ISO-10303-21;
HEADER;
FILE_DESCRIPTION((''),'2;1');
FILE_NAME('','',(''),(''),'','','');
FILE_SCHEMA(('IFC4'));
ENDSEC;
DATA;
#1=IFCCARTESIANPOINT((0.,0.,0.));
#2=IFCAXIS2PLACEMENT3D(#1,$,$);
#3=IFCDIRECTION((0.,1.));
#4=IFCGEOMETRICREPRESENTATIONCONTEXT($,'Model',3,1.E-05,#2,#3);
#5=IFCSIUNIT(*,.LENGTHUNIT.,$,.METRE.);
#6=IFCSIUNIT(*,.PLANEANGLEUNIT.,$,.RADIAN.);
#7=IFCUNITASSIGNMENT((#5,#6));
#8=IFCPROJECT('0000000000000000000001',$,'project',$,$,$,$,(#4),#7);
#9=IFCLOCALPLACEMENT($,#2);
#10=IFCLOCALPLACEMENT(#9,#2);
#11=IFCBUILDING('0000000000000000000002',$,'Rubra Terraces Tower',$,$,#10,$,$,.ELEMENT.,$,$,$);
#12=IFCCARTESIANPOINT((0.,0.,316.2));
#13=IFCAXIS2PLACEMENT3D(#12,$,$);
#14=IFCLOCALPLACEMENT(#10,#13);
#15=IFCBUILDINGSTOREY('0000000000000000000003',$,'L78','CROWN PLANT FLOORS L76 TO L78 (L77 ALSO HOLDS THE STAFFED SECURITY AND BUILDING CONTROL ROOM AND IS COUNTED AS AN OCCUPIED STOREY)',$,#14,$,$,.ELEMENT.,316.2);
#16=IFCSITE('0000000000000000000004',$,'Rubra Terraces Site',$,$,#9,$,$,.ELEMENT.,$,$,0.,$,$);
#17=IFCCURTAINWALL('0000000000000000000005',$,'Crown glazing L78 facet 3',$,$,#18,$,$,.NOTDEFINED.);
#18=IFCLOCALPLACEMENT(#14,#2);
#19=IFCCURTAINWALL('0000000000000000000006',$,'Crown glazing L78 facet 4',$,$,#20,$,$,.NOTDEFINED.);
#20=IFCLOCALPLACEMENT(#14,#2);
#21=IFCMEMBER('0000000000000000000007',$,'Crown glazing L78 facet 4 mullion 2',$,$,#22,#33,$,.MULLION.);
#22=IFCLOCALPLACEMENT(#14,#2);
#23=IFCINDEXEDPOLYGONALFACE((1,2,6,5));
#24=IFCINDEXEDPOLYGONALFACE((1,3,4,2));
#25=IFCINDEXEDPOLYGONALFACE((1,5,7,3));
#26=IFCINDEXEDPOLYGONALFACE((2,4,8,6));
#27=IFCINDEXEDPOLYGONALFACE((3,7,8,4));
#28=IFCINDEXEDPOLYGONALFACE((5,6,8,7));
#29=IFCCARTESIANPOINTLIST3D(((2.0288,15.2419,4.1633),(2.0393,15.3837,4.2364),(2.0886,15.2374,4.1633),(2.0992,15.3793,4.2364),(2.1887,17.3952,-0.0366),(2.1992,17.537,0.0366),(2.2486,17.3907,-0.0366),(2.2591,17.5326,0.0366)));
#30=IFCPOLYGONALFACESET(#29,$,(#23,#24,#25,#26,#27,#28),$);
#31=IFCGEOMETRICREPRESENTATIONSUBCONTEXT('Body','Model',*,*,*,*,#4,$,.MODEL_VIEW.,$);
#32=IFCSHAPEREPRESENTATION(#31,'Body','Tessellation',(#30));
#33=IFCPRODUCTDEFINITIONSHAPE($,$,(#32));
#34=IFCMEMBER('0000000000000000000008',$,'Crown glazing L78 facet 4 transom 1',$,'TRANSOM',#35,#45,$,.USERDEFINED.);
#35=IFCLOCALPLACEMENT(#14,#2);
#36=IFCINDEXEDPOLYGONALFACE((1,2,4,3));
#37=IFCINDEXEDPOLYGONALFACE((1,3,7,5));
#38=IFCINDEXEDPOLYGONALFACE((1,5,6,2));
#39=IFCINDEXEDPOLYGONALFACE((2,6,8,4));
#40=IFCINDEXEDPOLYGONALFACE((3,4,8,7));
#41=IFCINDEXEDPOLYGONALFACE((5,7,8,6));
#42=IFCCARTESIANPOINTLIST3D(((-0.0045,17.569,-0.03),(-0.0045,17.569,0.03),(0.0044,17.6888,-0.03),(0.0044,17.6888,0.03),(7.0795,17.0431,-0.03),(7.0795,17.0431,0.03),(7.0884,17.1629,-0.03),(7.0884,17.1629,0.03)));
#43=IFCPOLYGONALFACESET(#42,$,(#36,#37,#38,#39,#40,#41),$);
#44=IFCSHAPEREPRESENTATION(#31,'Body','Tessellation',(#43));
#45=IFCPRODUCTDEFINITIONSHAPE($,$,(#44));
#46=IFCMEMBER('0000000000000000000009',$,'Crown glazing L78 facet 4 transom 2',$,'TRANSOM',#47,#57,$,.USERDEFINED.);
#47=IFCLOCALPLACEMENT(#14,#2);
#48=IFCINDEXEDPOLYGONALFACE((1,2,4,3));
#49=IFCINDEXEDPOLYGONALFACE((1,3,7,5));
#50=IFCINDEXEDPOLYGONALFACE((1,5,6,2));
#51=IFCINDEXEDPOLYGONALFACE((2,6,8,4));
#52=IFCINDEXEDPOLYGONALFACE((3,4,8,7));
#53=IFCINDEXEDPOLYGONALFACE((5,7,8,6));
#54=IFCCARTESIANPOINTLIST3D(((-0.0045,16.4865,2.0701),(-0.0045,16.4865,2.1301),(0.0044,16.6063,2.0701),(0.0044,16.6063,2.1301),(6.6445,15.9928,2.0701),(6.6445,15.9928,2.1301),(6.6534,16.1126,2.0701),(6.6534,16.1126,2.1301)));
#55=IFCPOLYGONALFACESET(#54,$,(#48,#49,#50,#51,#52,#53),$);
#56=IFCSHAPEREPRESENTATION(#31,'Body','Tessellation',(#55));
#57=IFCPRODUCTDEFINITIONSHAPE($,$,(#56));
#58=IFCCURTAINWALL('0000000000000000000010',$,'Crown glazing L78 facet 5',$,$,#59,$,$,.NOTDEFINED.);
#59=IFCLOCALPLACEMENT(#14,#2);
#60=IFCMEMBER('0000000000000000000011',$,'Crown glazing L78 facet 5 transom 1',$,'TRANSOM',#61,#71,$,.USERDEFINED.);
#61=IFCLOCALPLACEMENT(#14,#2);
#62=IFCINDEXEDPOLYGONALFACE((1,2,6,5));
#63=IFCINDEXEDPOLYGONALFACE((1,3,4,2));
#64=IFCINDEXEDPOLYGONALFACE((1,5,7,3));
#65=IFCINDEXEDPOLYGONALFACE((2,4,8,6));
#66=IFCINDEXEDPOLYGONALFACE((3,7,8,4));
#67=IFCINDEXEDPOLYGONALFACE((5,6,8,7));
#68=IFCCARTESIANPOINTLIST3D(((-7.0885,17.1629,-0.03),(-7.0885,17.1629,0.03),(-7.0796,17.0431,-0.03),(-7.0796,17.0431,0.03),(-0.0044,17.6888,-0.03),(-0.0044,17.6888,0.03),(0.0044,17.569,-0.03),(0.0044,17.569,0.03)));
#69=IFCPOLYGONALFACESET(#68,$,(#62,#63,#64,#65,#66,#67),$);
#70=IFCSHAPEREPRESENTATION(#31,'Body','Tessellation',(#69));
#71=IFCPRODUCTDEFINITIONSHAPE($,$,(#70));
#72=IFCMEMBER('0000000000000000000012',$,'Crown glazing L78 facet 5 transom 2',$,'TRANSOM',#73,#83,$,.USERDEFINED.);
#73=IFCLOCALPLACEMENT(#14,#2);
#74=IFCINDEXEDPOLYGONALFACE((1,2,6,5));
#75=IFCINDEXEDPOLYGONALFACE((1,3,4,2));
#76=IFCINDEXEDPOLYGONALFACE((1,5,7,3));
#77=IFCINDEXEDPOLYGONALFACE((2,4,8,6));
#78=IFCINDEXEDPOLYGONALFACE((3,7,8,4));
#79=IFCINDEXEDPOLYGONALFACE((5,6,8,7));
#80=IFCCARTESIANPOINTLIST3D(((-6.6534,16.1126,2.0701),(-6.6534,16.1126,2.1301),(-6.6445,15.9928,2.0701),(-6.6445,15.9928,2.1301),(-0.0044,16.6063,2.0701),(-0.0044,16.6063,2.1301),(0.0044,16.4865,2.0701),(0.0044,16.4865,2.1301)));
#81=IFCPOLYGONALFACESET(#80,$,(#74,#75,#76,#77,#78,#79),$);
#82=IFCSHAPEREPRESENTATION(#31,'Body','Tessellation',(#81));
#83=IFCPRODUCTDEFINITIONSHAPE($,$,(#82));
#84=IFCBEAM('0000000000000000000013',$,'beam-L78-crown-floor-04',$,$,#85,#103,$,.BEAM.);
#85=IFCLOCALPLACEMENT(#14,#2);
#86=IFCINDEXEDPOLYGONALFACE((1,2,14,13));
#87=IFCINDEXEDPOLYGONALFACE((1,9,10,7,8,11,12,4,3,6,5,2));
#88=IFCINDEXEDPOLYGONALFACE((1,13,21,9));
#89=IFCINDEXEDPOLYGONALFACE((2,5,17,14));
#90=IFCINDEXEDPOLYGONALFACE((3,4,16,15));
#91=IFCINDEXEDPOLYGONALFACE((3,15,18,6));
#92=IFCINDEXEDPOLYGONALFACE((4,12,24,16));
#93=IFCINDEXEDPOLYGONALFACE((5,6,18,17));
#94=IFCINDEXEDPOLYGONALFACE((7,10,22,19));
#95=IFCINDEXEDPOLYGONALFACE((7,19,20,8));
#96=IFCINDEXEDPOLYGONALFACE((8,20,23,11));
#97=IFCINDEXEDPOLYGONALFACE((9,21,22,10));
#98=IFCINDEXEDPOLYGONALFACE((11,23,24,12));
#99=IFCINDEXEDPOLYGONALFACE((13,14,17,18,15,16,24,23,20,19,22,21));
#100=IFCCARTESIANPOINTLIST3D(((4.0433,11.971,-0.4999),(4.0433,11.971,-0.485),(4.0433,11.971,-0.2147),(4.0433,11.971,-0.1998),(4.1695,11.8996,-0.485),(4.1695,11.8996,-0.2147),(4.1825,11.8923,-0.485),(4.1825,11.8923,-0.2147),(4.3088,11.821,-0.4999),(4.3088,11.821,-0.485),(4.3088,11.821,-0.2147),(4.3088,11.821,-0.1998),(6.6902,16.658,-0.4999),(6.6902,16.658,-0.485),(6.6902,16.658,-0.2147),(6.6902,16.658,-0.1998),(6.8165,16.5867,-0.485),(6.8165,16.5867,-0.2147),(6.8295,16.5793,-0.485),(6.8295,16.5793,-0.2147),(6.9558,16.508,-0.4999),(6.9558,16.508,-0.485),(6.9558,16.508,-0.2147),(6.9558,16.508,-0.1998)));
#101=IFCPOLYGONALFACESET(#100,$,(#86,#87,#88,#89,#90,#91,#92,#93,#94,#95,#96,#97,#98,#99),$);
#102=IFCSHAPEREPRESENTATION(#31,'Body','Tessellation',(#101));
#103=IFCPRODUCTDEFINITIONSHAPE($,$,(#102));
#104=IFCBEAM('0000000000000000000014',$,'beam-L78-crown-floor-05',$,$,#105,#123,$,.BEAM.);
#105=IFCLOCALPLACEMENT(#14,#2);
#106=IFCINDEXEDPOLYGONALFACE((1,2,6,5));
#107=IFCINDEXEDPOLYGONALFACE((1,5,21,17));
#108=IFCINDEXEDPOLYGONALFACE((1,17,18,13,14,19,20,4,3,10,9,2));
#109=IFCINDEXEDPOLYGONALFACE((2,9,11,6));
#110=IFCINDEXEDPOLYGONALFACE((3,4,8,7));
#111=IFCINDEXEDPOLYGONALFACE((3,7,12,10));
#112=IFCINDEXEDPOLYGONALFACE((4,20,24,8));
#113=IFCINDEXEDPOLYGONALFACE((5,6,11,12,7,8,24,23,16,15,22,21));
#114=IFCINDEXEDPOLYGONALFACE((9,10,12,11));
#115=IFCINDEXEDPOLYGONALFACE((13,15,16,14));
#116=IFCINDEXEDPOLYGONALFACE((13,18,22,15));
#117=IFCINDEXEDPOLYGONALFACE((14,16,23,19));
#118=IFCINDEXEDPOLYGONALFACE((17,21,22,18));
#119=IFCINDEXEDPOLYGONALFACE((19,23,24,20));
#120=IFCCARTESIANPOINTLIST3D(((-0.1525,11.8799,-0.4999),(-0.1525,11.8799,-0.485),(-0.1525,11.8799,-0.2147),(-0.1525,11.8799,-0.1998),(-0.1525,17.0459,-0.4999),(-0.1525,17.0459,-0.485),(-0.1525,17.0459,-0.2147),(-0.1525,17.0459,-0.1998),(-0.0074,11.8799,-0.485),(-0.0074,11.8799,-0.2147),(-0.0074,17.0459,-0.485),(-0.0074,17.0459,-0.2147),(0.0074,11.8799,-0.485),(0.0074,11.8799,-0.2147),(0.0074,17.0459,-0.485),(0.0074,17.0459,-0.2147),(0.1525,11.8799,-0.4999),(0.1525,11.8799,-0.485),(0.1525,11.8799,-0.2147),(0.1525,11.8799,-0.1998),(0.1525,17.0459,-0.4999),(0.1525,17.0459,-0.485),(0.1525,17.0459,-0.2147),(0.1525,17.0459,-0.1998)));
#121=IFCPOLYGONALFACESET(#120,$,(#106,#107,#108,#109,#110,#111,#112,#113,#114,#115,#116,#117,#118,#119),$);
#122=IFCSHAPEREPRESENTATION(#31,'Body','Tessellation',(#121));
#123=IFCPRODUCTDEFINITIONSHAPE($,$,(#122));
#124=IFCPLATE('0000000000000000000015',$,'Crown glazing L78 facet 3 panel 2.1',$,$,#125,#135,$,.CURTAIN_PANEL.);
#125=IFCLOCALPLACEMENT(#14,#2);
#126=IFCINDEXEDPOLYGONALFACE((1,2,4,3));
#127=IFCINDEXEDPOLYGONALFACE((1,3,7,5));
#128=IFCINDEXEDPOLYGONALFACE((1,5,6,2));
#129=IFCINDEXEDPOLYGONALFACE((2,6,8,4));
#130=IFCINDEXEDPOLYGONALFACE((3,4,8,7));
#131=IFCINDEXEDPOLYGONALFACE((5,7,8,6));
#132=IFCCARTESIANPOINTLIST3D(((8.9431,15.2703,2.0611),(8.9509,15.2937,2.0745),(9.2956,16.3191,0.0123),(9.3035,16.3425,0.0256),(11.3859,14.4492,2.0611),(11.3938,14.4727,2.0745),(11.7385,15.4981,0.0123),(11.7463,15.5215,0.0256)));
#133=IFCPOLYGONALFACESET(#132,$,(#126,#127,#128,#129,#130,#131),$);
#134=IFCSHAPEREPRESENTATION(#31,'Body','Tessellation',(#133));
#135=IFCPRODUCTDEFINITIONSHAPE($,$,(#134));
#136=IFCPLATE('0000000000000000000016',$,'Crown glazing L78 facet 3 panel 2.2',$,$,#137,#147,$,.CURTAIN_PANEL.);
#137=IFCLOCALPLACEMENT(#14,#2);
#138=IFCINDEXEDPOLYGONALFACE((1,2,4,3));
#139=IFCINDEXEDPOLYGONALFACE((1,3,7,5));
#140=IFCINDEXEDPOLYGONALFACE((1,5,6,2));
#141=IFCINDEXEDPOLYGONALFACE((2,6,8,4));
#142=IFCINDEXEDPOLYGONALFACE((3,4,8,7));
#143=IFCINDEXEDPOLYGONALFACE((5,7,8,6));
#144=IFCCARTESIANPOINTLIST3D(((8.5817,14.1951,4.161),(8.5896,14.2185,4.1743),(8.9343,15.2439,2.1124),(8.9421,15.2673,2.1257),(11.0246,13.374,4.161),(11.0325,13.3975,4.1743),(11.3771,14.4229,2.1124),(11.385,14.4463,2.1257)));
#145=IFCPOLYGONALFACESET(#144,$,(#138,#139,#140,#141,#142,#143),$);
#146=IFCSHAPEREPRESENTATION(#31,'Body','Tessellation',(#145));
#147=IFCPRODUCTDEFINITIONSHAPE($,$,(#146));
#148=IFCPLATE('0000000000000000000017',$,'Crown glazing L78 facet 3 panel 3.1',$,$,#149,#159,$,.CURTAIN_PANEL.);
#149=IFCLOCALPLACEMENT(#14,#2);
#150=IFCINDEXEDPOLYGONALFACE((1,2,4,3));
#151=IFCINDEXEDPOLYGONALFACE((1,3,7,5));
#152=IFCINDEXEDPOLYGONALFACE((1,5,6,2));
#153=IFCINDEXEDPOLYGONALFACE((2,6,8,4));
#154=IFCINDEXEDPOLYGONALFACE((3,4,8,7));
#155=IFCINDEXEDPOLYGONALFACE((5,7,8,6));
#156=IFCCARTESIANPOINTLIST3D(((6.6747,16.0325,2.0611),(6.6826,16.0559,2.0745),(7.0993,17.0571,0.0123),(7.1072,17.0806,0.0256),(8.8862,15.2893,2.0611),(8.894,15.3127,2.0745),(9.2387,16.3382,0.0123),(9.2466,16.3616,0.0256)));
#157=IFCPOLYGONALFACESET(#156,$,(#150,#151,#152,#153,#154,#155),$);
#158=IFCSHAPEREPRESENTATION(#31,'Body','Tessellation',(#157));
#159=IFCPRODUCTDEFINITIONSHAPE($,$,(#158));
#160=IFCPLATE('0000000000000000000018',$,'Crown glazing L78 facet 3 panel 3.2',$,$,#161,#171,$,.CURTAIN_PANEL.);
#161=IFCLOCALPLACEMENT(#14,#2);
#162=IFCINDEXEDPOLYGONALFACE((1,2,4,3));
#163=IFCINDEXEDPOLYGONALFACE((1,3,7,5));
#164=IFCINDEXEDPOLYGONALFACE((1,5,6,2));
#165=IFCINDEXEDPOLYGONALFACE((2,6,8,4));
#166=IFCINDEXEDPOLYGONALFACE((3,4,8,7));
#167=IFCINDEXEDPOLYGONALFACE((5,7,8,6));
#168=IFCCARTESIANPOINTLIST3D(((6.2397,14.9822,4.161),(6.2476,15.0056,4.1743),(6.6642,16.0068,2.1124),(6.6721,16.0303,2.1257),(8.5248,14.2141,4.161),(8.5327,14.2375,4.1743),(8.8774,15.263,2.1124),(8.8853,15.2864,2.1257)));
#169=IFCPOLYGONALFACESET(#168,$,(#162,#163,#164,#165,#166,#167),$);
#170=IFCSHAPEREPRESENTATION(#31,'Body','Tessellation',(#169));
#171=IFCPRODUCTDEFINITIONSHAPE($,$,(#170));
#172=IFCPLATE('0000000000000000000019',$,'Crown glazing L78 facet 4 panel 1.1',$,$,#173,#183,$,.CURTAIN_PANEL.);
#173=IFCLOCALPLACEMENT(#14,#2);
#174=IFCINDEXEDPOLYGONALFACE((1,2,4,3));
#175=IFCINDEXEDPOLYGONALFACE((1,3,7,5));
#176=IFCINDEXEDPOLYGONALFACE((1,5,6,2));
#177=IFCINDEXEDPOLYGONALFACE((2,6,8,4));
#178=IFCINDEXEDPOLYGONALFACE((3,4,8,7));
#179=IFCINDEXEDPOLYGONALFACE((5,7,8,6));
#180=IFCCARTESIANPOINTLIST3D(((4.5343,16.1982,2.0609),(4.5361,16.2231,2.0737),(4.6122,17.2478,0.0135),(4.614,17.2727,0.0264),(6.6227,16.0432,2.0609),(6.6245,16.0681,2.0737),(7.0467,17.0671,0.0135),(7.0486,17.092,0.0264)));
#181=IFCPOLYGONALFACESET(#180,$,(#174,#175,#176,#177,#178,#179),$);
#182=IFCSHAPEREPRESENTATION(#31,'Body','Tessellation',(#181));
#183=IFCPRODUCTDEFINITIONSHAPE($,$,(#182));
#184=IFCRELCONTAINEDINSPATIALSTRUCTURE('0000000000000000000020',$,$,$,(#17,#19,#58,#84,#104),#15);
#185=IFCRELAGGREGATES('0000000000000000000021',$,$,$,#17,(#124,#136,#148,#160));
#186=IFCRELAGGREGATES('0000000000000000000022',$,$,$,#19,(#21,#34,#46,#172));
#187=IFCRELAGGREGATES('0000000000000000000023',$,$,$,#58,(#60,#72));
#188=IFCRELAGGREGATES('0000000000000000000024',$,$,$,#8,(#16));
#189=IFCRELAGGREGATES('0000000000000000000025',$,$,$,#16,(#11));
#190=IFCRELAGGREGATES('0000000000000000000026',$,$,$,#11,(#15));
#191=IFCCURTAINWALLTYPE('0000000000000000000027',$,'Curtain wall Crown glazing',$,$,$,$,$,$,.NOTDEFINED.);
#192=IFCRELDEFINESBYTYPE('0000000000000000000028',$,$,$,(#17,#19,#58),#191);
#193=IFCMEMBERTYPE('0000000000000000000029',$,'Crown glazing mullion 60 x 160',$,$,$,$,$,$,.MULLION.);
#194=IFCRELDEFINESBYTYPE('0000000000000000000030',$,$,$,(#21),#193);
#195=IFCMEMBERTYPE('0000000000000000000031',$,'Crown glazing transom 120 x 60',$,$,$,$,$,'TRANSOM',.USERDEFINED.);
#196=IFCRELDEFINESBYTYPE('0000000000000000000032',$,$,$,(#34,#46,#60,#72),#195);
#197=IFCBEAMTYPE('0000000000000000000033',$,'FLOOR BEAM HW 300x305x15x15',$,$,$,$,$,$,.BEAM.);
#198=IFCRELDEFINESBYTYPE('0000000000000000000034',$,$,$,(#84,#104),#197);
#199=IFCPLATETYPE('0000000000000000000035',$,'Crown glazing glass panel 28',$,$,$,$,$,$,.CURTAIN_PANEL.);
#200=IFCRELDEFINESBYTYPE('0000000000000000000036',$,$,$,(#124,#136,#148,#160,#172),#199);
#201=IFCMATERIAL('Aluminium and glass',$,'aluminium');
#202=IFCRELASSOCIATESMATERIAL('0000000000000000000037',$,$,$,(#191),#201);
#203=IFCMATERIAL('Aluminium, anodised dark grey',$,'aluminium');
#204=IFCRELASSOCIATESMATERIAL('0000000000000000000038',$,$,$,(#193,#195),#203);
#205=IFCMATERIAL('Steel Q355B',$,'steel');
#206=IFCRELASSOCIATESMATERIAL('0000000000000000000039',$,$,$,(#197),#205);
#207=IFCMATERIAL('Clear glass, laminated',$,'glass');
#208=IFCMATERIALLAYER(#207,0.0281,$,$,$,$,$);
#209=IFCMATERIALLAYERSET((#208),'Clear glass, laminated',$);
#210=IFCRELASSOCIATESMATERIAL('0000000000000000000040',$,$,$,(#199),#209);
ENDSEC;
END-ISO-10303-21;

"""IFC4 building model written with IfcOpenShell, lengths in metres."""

from ifc_helpers import new_model, si_unit, direction, frame, origin, origin_2d, place, context, subcontext, project, spatial, polyline, rectangle, i_section, outline, extrude, material, layer, layer_set, material_profile, profile_set, type_object, element, aggregate, save


model = new_model("IFC4")

# Units and contexts
model_context = context("Model", 3, precision=1e-05, world=origin(), true_north=direction((0.0, 1.0)))
body_context = subcontext(model_context, "Body", "Model", "MODEL_VIEW")
ifc_project = project(units=[si_unit("LENGTHUNIT", "METRE"), si_unit("PLANEANGLEUNIT", "RADIAN")], contexts=[model_context])

# Site, building, storey
site_placement = place(None, origin())
site = spatial("IfcSite", under=ifc_project, at=site_placement, Name="Rubra Terraces Site", CompositionType="ELEMENT", RefElevation=0.0)
building_placement = place(site_placement, origin())
building = spatial("IfcBuilding", under=site, at=building_placement, Name="Rubra Terraces Tower", CompositionType="ELEMENT")
storey_placement = place(building_placement, frame((0.0, 0.0, 316.2)))
storey = spatial("IfcBuildingStorey", under=building, at=storey_placement, Name="L78", Description="CROWN PLANT FLOORS L76 TO L78 (L77 ALSO HOLDS THE STAFFED SECURITY AND BUILDING CONTROL ROOM AND IS COUNTED AS AN OCCUPIED STOREY)", CompositionType="ELEMENT", Elevation=316.2)

# Shared definitions
ifc_material_1 = material(Name="Steel Q355B", Category="steel")

# Curtain walls, members
ifc_material_2 = material(Name="Aluminium and glass", Category="aluminium")
curtain_wall_type = type_object("IfcCurtainWallType", Name="Curtain wall Crown glazing", PredefinedType="NOTDEFINED", material=ifc_material_2)
curtain_wall_1_placement = place(storey_placement, origin())
curtain_wall_1 = element("IfcCurtainWall", 1, at=curtain_wall_1_placement, inside=storey, type_object=curtain_wall_type, Name="Crown glazing L78 facet 3", PredefinedType="NOTDEFINED")
ifc_material_3 = material(Name="Aluminium, anodised dark grey", Category="aluminium")
ifc_material_profile_1 = material_profile(ifc_material_3, rectangle(XDim=0.0601, YDim=0.1599, at=origin_2d()), Name="AL 60x160")
ifc_profile_set_1 = profile_set([ifc_material_profile_1], Name="Aluminium, anodised dark grey")
member_type_1 = type_object("IfcMemberType", Name="Crown glazing mullion 60 x 160", PredefinedType="MULLION", material=ifc_profile_set_1)
curtain_wall_2_placement = place(storey_placement, origin())
curtain_wall_2 = element("IfcCurtainWall", 2, at=curtain_wall_2_placement, inside=storey, type_object=curtain_wall_type, Name="Crown glazing L78 facet 4", PredefinedType="NOTDEFINED")
member_1_placement = place(storey_placement, frame((2.2239, 17.4639, 0.0), z_axis=(-0.033862, -0.455971, 0.88935), x_axis=(0.997254, -0.074059, 0.0)))
member_1 = element("IfcMember", 3, at=member_1_placement, type_object=member_type_1, Name="Crown glazing L78 facet 4 mullion 2", PredefinedType="MULLION", context=body_context, shape_type="SweptSolid", body=[
    extrude(rectangle(XDim=0.0601, YDim=0.1599, at=origin_2d()), origin(), (0.0, 0.0, 1.0), 4.7224),
])
ifc_material_profile_2 = material_profile(ifc_material_3, rectangle(XDim=0.1201, YDim=0.0601, at=origin_2d()), Name="AL 120x60")
ifc_profile_set_2 = profile_set([ifc_material_profile_2], Name="Aluminium, anodised dark grey")
member_type_2 = type_object("IfcMemberType", Name="Crown glazing transom 120 x 60", ElementType="TRANSOM", PredefinedType="USERDEFINED", material=ifc_profile_set_2)
member_2_placement = place(storey_placement, frame((7.084, 17.103, 0.0), z_axis=(-0.997256, 0.074031, 0.0), x_axis=(-0.074031, -0.997256, 0.0)))
member_2 = element("IfcMember", 4, at=member_2_placement, type_object=member_type_2, Name="Crown glazing L78 facet 4 transom 1", ObjectType="TRANSOM", PredefinedType="USERDEFINED", context=body_context, shape_type="SweptSolid", body=[
    extrude(rectangle(XDim=0.1201, YDim=0.0601, at=origin_2d()), origin(), (0.0, 0.0, 1.0), 7.1035),
])
member_3_placement = place(storey_placement, frame((6.6489, 16.0527, 2.1001), z_axis=(-0.997255, 0.074042, 0.0), x_axis=(-0.074042, -0.997255, 0.0)))
member_3 = element("IfcMember", 5, at=member_3_placement, type_object=member_type_2, Name="Crown glazing L78 facet 4 transom 2", ObjectType="TRANSOM", PredefinedType="USERDEFINED", context=body_context, shape_type="SweptSolid", body=[
    extrude(rectangle(XDim=0.1201, YDim=0.0601, at=origin_2d()), origin(), (0.0, 0.0, 1.0), 6.6672),
])
curtain_wall_3_placement = place(storey_placement, origin())
curtain_wall_3 = element("IfcCurtainWall", 6, at=curtain_wall_3_placement, inside=storey, type_object=curtain_wall_type, Name="Crown glazing L78 facet 5", PredefinedType="NOTDEFINED")
member_4_placement = place(storey_placement, frame((0.0, 17.6289, 0.0), z_axis=(-0.997256, -0.074031, 0.0), x_axis=(0.074031, -0.997256, 0.0)))
member_4 = element("IfcMember", 7, at=member_4_placement, type_object=member_type_2, Name="Crown glazing L78 facet 5 transom 1", ObjectType="TRANSOM", PredefinedType="USERDEFINED", context=body_context, shape_type="SweptSolid", body=[
    extrude(rectangle(XDim=0.1201, YDim=0.0601, at=origin_2d()), origin(), (0.0, 0.0, 1.0), 7.1035),
])
member_5_placement = place(storey_placement, frame((0.0, 16.5464, 2.1001), z_axis=(-0.997255, -0.074042, 0.0), x_axis=(0.074042, -0.997255, 0.0)))
member_5 = element("IfcMember", 8, at=member_5_placement, type_object=member_type_2, Name="Crown glazing L78 facet 5 transom 2", ObjectType="TRANSOM", PredefinedType="USERDEFINED", context=body_context, shape_type="SweptSolid", body=[
    extrude(rectangle(XDim=0.1201, YDim=0.0601, at=origin_2d()), origin(), (0.0, 0.0, 1.0), 6.6672),
])

# Beams
ifc_material_profile_3 = material_profile(ifc_material_1, i_section(OverallWidth=0.3049, OverallDepth=0.3, WebThickness=0.0149, FlangeThickness=0.0149, at=origin_2d()), Name="HW 300x305x15x15")
ifc_profile_set_3 = profile_set([ifc_material_profile_3], Name="Steel Q355B")
beam_type_1 = type_object("IfcBeamType", Name="FLOOR BEAM HW 300x305x15x15", PredefinedType="BEAM", material=ifc_profile_set_3)
beam_1_placement = place(storey_placement, frame((6.823, 16.583, -0.3499), z_axis=(-0.491746, -0.870738, 0.0), x_axis=(0.870738, -0.491746, 0.0)))
element("IfcBeam", 9, at=beam_1_placement, inside=storey, type_object=beam_type_1, Name="beam-L78-crown-floor-04", PredefinedType="BEAM", context=body_context, shape_type="SweptSolid", body=[
    extrude(i_section(OverallWidth=0.3049, OverallDepth=0.3, WebThickness=0.0149, FlangeThickness=0.0149, at=origin_2d()), origin(), (0.0, 0.0, 1.0), 5.3828),
])
beam_2_placement = place(storey_placement, frame((0.0, 17.0459, -0.3499), z_axis=(0.0, -1.0, 0.0), x_axis=(1.0, 0.0, 0.0)))
element("IfcBeam", 10, at=beam_2_placement, inside=storey, type_object=beam_type_1, Name="beam-L78-crown-floor-05", PredefinedType="BEAM", context=body_context, shape_type="SweptSolid", body=[
    extrude(i_section(OverallWidth=0.3049, OverallDepth=0.3, WebThickness=0.0149, FlangeThickness=0.0149, at=origin_2d()), origin(), (0.0, 0.0, 1.0), 5.166),
])

# Plates
ifc_material_4 = material(Name="Clear glass, laminated", Category="glass")
ifc_layer_1 = layer(ifc_material_4, 0.0281)
ifc_layer_set_1 = layer_set([ifc_layer_1], Name="Clear glass, laminated")
plate_type = type_object("IfcPlateType", Name="Crown glazing glass panel 28", PredefinedType="CURTAIN_PANEL", material=ifc_layer_set_1)
plate_1_placement = place(storey_placement, frame((11.7463, 15.5215, 0.0256), z_axis=(0.280318, 0.834036, 0.47519), x_axis=(-0.947894, 0.318586, 0.0)))
plate_1 = element("IfcPlate", 11, at=plate_1_placement, type_object=plate_type, Name="Crown glazing L78 facet 3 panel 2.1", PredefinedType="CURTAIN_PANEL", context=body_context, shape_type="SweptSolid", body=[
    extrude(outline(polyline([(0.0, 0.0), (2.5772, 0.0), (2.5772, 2.3285), (0.0, 2.3285), (0.0, 0.0)])), origin(), (0.0, 0.0, -1.0), 0.0281),
])
plate_2_placement = place(storey_placement, frame((11.385, 14.4463, 2.1257), z_axis=(0.280311, 0.834013, 0.475234), x_axis=(-0.947894, 0.318586, 0.0)))
plate_2 = element("IfcPlate", 12, at=plate_2_placement, type_object=plate_type, Name="Crown glazing L78 facet 3 panel 2.2", PredefinedType="CURTAIN_PANEL", context=body_context, shape_type="SweptSolid", body=[
    extrude(outline(polyline([(0.0, 0.0), (2.5772, 0.0), (2.5772, 2.3283), (0.0, 2.3283), (0.0, 0.0)])), origin(), (0.0, 0.0, -1.0), 0.0281),
])
plate_3_placement = place(storey_placement, frame((9.2466, 16.3616, 0.0256), z_axis=(0.280292, 0.834042, 0.475196), x_axis=(-0.947903, 0.318558, -0.000003)))
plate_3 = element("IfcPlate", 13, at=plate_3_placement, type_object=plate_type, Name="Crown glazing L78 facet 3 panel 3.1", PredefinedType="CURTAIN_PANEL", context=body_context, shape_type="SweptSolid", body=[
    extrude(outline(polyline([(0.0, 0.0), (2.257, 0.0), (2.333, 2.3285), (0.0001, 2.3285), (0.0, 0.0)])), origin(), (0.0, 0.0, -1.0), 0.0281),
])
plate_4_placement = place(storey_placement, frame((8.8853, 15.2864, 2.1257), z_axis=(0.280325, 0.834005, 0.47524), x_axis=(-0.947888, 0.318605, -0.000003)))
plate_4 = element("IfcPlate", 14, at=plate_4_placement, type_object=plate_type, Name="Crown glazing L78 facet 3 panel 3.2", PredefinedType="CURTAIN_PANEL", context=body_context, shape_type="SweptSolid", body=[
    extrude(outline(polyline([(0.0, 0.0), (2.3348, 0.0), (2.4108, 2.3283), (0.0, 2.3283), (0.0, 0.0)])), origin(), (0.0, 0.0, -1.0), 0.0281),
])
aggregate(curtain_wall_1, [plate_1, plate_2, plate_3, plate_4])
plate_5_placement = place(storey_placement, frame((7.0486, 17.092, 0.0264), z_axis=(0.065828, 0.886928, 0.457192), x_axis=(-0.997257, 0.074014, 0.000005)))
plate_5 = element("IfcPlate", 15, at=plate_5_placement, type_object=plate_type, Name="Crown glazing L78 facet 4 panel 1.1", PredefinedType="CURTAIN_PANEL", context=body_context, shape_type="SweptSolid", body=[
    extrude(outline(polyline([(0.0, 0.0), (2.4413, 0.0), (2.4413, 2.302), (0.3471, 2.3021), (0.0, 0.0)])), origin(), (0.0, 0.0, -1.0), 0.0281),
])
aggregate(curtain_wall_2, [member_1, member_2, member_3, plate_5])
aggregate(curtain_wall_3, [member_4, member_5])

save(model, "model.ifc")
